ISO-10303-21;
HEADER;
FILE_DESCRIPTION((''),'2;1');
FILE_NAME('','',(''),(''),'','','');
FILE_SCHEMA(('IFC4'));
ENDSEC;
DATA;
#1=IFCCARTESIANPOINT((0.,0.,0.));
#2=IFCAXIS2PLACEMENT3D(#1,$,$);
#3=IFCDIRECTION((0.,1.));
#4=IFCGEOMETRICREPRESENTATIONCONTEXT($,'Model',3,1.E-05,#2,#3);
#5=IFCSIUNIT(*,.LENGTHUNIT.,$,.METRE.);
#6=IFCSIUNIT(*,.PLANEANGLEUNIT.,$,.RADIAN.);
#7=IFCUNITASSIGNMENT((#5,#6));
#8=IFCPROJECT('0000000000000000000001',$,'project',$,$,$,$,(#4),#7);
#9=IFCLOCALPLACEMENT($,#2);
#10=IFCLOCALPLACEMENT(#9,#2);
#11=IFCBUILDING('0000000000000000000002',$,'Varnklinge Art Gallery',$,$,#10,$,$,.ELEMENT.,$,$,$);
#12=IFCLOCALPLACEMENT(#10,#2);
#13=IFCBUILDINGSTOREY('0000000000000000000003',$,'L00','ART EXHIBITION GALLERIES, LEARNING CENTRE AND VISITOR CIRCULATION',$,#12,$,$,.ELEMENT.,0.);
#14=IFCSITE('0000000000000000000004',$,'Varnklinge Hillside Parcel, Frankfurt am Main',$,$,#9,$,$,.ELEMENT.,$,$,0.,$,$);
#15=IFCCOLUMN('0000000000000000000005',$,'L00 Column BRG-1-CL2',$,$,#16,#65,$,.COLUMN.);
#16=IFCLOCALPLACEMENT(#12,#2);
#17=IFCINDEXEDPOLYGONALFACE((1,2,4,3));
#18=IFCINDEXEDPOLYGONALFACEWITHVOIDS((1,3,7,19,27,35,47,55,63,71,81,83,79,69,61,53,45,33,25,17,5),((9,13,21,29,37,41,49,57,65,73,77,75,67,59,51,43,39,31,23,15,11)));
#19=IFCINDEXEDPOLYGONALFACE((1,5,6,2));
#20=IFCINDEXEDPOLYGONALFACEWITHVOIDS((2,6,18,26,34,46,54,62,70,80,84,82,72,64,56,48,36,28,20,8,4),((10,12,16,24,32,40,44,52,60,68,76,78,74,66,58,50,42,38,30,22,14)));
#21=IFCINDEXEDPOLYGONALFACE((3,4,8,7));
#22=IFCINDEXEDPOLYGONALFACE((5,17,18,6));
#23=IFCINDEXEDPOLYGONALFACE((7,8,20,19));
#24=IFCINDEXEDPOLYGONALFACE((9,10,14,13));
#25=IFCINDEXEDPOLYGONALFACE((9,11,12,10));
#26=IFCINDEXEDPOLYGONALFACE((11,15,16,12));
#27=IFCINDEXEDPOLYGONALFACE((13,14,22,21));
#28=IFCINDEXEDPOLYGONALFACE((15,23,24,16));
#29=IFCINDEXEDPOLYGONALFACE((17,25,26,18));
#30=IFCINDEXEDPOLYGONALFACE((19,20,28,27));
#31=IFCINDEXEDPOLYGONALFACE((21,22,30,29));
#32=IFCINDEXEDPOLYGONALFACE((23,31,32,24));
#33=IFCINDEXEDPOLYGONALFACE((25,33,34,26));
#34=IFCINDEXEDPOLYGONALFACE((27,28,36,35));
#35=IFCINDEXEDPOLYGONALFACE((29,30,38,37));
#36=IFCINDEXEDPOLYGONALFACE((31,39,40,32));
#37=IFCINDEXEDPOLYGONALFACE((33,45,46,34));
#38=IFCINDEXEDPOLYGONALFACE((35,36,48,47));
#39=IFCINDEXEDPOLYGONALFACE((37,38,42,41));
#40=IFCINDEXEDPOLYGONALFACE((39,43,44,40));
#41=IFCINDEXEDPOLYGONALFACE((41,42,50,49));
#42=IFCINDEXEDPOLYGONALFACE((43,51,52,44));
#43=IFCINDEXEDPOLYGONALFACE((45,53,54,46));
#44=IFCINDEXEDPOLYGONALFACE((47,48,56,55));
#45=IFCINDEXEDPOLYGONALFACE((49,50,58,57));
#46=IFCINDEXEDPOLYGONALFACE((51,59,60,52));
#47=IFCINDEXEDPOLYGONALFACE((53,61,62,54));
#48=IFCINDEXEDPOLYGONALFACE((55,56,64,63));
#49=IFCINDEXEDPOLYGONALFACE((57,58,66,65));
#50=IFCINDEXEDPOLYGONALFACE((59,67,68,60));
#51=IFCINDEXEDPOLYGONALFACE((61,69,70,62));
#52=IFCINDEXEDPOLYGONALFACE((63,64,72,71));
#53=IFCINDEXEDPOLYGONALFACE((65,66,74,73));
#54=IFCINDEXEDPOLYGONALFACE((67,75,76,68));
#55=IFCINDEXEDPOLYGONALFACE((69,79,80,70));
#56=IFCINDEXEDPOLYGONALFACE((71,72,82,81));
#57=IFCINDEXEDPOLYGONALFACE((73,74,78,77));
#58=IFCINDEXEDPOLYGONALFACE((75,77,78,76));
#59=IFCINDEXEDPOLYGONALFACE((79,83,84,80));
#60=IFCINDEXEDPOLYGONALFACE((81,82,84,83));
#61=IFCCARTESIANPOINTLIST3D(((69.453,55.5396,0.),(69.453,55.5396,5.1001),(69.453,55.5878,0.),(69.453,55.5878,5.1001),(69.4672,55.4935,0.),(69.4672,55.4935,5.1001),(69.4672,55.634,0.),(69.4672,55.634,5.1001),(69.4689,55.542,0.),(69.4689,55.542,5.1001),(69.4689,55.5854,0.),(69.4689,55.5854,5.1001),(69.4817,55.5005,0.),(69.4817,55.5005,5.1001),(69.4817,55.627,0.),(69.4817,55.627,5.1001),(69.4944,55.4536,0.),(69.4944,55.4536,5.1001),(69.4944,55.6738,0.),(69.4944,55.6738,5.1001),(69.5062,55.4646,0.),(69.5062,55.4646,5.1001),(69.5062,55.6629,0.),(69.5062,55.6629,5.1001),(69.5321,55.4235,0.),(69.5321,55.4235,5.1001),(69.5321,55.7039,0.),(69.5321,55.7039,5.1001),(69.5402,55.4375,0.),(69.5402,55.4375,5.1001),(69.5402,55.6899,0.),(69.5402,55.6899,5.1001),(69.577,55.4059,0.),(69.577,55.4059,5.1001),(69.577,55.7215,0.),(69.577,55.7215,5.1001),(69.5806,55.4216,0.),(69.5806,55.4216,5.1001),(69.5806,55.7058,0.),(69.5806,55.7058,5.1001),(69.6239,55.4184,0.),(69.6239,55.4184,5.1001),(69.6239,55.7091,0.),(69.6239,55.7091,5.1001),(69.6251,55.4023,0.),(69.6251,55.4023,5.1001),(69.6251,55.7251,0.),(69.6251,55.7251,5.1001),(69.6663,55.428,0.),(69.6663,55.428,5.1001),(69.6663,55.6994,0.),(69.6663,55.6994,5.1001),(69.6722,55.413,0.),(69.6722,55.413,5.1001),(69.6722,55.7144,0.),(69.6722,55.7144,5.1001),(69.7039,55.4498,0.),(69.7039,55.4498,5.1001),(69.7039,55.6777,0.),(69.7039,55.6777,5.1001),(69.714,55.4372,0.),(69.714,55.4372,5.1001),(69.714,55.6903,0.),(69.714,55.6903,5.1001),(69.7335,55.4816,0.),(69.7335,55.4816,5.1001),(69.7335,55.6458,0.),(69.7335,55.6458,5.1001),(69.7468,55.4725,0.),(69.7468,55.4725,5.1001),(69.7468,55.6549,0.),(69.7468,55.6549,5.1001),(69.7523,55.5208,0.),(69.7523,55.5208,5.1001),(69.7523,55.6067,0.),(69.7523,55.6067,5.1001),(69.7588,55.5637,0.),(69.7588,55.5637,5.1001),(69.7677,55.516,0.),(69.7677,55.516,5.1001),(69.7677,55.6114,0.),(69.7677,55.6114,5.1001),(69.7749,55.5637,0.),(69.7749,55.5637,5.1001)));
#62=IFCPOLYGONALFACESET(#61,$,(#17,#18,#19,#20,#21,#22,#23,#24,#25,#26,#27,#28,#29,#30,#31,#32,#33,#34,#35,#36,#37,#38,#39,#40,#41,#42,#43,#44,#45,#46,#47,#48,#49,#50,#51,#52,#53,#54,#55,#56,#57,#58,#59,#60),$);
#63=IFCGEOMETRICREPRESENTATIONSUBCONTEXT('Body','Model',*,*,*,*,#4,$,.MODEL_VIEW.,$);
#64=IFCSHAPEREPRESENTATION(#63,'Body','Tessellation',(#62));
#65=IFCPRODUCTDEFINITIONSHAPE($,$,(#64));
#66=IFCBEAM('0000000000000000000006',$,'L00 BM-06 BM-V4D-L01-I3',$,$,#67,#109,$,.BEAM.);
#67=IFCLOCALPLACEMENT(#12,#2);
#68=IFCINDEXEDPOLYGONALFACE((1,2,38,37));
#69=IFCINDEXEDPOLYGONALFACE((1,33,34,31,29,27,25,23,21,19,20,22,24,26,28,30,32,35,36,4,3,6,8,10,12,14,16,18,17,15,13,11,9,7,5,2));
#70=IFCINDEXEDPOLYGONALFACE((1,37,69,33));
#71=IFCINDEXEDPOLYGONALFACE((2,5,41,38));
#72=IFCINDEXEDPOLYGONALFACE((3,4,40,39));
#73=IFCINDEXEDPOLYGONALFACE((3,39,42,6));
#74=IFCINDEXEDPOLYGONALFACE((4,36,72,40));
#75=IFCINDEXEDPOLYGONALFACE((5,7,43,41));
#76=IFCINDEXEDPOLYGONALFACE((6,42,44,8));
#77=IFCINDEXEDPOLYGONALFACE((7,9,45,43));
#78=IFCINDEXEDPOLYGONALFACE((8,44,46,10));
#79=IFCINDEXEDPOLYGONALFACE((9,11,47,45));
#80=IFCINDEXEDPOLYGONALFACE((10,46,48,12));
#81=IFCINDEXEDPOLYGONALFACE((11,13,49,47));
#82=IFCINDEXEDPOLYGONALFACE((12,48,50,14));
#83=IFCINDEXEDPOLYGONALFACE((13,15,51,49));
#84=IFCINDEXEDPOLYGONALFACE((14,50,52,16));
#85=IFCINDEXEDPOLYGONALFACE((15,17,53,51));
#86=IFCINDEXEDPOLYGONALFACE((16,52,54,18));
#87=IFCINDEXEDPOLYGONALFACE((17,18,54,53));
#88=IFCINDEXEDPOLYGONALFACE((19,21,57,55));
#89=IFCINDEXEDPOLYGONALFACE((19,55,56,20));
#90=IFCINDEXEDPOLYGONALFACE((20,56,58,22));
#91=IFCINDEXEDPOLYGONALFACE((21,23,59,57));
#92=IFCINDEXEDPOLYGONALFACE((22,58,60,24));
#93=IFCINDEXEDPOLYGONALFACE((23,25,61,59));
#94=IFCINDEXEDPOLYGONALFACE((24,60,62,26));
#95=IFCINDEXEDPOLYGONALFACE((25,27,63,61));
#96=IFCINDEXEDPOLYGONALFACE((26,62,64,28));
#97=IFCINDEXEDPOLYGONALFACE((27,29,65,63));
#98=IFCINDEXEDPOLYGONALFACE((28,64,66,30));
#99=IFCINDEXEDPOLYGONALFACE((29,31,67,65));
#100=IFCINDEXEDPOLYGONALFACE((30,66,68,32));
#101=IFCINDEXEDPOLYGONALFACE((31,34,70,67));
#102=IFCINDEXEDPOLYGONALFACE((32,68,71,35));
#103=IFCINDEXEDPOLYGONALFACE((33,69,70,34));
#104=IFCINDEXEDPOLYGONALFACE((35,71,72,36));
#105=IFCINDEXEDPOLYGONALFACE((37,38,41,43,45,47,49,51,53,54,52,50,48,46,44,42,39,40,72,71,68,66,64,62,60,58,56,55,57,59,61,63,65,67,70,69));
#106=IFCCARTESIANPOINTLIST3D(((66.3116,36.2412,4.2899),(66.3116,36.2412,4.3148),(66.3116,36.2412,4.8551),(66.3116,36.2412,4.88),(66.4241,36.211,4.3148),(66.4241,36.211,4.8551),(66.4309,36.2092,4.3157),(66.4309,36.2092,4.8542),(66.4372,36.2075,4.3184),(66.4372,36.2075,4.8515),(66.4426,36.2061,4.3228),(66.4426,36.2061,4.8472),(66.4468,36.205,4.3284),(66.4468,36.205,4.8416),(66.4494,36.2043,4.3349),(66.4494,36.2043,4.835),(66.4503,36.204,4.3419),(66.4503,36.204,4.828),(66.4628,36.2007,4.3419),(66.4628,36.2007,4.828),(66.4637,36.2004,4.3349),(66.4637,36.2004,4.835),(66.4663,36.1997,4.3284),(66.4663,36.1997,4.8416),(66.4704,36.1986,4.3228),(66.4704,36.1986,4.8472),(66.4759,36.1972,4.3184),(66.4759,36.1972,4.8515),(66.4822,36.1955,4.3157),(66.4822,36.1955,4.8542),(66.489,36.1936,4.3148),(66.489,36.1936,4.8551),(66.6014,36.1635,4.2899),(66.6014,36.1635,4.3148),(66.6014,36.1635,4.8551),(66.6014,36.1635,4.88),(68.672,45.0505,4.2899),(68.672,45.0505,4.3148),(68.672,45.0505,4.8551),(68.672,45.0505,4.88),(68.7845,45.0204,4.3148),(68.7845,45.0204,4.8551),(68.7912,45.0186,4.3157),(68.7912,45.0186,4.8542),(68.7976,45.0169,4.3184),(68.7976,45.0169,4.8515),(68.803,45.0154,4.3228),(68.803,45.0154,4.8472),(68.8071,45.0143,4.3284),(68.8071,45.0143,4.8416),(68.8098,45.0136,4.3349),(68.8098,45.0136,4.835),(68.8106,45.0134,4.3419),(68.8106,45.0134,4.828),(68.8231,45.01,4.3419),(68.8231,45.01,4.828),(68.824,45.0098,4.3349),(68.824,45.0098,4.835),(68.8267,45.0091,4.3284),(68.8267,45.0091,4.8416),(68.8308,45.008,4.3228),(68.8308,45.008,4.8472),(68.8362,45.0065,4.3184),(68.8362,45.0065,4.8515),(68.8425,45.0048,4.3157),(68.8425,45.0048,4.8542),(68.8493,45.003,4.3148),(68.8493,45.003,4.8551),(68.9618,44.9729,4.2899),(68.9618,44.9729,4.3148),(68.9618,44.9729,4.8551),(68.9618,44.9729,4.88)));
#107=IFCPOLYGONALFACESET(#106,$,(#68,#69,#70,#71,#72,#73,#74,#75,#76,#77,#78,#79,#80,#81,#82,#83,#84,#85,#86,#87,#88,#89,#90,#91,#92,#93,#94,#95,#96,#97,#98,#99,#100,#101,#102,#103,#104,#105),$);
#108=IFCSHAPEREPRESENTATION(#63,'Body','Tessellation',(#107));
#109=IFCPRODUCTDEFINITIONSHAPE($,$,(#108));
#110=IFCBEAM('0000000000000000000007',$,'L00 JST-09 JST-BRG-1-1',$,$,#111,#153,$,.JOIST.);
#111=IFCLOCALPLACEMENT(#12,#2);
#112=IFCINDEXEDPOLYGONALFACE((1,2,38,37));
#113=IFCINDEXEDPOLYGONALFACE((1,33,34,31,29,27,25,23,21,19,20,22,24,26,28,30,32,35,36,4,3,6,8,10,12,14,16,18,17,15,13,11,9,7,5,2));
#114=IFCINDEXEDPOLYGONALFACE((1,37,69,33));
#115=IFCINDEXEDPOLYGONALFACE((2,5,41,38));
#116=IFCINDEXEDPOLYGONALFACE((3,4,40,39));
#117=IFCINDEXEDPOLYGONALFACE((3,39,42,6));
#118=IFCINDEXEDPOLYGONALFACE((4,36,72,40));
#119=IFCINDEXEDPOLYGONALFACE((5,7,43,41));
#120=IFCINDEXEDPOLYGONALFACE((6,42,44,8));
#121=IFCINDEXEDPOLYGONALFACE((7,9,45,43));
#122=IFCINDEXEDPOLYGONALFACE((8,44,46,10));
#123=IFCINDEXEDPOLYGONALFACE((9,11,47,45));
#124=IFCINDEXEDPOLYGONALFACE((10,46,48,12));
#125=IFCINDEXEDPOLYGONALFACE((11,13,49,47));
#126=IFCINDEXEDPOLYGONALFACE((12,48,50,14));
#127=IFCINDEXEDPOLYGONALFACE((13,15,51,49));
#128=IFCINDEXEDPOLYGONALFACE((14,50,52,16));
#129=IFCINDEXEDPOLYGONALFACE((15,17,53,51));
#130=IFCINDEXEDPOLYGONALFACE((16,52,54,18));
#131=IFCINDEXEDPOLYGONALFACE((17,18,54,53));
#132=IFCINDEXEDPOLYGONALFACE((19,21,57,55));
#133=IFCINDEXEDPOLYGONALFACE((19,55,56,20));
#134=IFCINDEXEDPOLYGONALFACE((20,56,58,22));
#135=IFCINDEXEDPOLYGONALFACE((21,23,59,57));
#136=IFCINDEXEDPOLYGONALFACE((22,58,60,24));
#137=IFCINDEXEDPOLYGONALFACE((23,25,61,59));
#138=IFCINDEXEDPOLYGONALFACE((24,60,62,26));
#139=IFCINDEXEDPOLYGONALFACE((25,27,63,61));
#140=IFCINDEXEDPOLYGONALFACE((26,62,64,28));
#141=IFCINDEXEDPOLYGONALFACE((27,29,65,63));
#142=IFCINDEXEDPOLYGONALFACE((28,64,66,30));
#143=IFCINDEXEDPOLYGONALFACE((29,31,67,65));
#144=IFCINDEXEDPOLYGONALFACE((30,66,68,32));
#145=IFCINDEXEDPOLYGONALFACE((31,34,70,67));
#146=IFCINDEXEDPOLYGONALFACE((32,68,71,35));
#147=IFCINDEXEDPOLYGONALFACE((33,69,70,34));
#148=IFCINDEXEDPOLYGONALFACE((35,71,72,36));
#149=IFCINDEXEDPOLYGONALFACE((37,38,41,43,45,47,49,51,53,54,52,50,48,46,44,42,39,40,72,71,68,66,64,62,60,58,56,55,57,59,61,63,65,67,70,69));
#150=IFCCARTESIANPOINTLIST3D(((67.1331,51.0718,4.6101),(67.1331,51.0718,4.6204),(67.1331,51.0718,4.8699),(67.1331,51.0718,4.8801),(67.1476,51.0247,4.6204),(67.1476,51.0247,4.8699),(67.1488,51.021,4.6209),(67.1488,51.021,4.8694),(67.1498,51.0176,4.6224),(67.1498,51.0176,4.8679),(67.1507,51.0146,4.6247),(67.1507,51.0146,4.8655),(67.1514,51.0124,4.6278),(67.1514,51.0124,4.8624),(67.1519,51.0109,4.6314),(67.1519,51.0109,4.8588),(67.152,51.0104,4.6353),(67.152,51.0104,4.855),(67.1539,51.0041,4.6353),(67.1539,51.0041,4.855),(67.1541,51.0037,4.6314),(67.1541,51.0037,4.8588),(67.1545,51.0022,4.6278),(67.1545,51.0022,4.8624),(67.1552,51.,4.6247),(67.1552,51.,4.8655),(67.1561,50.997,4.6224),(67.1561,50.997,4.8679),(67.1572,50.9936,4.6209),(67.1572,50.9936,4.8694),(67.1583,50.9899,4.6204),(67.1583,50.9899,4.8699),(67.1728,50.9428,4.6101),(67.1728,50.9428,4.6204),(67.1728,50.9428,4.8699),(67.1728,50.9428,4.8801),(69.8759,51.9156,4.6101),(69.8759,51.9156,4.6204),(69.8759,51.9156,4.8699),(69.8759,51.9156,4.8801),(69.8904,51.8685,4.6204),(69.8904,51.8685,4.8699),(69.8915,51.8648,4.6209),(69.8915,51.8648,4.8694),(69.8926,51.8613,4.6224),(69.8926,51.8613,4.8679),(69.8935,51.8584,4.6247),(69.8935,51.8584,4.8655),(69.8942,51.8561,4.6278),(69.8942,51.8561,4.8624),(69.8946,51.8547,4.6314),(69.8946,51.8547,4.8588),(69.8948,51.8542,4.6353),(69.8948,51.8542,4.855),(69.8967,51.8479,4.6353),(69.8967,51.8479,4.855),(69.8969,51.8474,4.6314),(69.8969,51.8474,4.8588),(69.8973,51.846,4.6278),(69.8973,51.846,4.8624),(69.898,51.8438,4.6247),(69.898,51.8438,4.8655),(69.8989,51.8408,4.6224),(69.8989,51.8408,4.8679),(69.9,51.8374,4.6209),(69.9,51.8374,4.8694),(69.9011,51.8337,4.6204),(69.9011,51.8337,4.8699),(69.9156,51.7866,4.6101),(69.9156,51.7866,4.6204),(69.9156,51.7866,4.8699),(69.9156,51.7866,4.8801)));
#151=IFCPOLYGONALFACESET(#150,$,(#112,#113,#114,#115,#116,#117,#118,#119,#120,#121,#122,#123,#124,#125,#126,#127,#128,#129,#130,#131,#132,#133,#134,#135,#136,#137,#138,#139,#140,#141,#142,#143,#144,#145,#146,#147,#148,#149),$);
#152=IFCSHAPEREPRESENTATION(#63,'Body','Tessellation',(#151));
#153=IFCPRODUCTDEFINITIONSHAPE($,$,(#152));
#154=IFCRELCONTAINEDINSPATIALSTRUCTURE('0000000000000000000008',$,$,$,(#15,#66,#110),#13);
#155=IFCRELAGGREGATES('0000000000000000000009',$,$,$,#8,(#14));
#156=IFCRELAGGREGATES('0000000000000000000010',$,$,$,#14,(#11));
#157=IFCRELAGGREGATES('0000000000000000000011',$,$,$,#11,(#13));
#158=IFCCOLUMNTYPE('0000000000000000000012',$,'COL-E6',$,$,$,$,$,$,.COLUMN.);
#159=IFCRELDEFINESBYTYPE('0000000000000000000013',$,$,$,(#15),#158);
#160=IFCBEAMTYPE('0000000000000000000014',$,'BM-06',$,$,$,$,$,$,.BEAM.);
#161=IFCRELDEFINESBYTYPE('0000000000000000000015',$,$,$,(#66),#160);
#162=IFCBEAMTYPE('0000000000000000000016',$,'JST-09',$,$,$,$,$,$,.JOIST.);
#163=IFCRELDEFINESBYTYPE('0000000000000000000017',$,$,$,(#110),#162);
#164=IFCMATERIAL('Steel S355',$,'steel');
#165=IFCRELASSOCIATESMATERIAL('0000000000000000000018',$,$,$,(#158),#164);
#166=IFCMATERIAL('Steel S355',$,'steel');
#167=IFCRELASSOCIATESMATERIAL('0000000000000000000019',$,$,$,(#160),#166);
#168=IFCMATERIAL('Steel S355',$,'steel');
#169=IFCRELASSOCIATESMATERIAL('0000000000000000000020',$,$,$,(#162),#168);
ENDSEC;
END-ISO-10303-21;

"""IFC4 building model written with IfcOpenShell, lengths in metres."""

from ifc_helpers import new_model, si_unit, direction, frame, origin, origin_2d, place, context, subcontext, project, spatial, hollow_circle, i_section, extrude, material, material_profile, profile_set, type_object, element, save


model = new_model("IFC4")

# Units and contexts
model_context = context("Model", 3, precision=1e-05, world=origin(), true_north=direction((0.0, 1.0)))
body_context = subcontext(model_context, "Body", "Model", "MODEL_VIEW")
ifc_project = project(units=[si_unit("LENGTHUNIT", "METRE"), si_unit("PLANEANGLEUNIT", "RADIAN")], contexts=[model_context])

# Site, building, storey
site_placement = place(None, origin())
site = spatial("IfcSite", under=ifc_project, at=site_placement, Name="Varnklinge Hillside Parcel, Frankfurt am Main", CompositionType="ELEMENT", RefElevation=0.0)
building_placement = place(site_placement, origin())
building = spatial("IfcBuilding", under=site, at=building_placement, Name="Varnklinge Art Gallery", CompositionType="ELEMENT")
storey_placement = place(building_placement, origin())
storey = spatial("IfcBuildingStorey", under=building, at=storey_placement, Name="L00", Description="ART EXHIBITION GALLERIES, LEARNING CENTRE AND VISITOR CIRCULATION", CompositionType="ELEMENT", Elevation=0.0)

# Column
ifc_material_1 = material(Name="Steel S355", Category="steel")
ifc_material_profile_1 = material_profile(ifc_material_1, hollow_circle(Radius=0.1619, WallThickness=0.0161, at=origin_2d()), Name="CHS 323.9x16")
ifc_profile_set_1 = profile_set([ifc_material_profile_1], Name="Steel S355")
column_type_1 = type_object("IfcColumnType", Name="COL-E6", PredefinedType="COLUMN", material=ifc_profile_set_1)
for number, where, z_axis, x_axis, name in (
    (1, (69.613, 55.5637, 0.0), (0.0, 0.0, 1.0), (1.0, 0.0, 0.0), "L00 Column BRG-1-CL2"),
):
    element("IfcColumn", number, at=place(storey_placement, frame(where, z_axis=z_axis, x_axis=x_axis)), inside=storey, type_object=column_type_1, Name=name, PredefinedType="COLUMN", context=body_context, shape_type="SweptSolid", body=[
        extrude(hollow_circle(Radius=0.1619, WallThickness=0.0161, at=origin_2d()), origin(), (0.0, 0.0, 1.0), 5.1001),
    ])

# Beams
ifc_material_2 = material(Name="Steel S355", Category="steel")
ifc_material_profile_2 = material_profile(ifc_material_2, i_section(OverallWidth=0.3, OverallDepth=0.5901, WebThickness=0.0129, FlangeThickness=0.0249, FilletRadius=0.0271, at=origin_2d()), Name="HEA 600")
ifc_profile_set_2 = profile_set([ifc_material_profile_2], Name="Steel S355")
beam_type_1 = type_object("IfcBeamType", Name="BM-06", PredefinedType="BEAM", material=ifc_profile_set_2)
beam_1_placement = place(storey_placement, frame((68.8169, 45.0117, 4.585), z_axis=(-0.258809, -0.965929, 0.0), x_axis=(0.965929, -0.258809, 0.0)))
element("IfcBeam", 2, at=beam_1_placement, inside=storey, type_object=beam_type_1, Name="L00 BM-06 BM-V4D-L01-I3", PredefinedType="BEAM", context=body_context, shape_type="SweptSolid", body=[
    extrude(i_section(OverallWidth=0.3, OverallDepth=0.5901, WebThickness=0.0129, FlangeThickness=0.0249, FilletRadius=0.0271, at=origin_2d()), origin(), (0.0, 0.0, 1.0), 9.1201),
])
ifc_material_3 = material(Name="Steel S355", Category="steel")
ifc_material_profile_3 = material_profile(ifc_material_3, i_section(OverallWidth=0.135, OverallDepth=0.27, WebThickness=0.0066, FlangeThickness=0.0103, FilletRadius=0.0149, at=origin_2d()), Name="IPE 270")
ifc_profile_set_3 = profile_set([ifc_material_profile_3], Name="Steel S355")
beam_type_2 = type_object("IfcBeamType", Name="JST-09", PredefinedType="JOIST", material=ifc_profile_set_3)
beam_2_placement = place(storey_placement, frame((69.8958, 51.8511, 4.7451), z_axis=(-0.955794, -0.294038, 0.0), x_axis=(0.294038, -0.955794, 0.0)))
element("IfcBeam", 3, at=beam_2_placement, inside=storey, type_object=beam_type_2, Name="L00 JST-09 JST-BRG-1-1", PredefinedType="JOIST", context=body_context, shape_type="SweptSolid", body=[
    extrude(i_section(OverallWidth=0.135, OverallDepth=0.27, WebThickness=0.0066, FlangeThickness=0.0103, FilletRadius=0.0149, at=origin_2d()), origin(), (0.0, 0.0, 1.0), 2.8696),
])

save(model, "model.ifc")
